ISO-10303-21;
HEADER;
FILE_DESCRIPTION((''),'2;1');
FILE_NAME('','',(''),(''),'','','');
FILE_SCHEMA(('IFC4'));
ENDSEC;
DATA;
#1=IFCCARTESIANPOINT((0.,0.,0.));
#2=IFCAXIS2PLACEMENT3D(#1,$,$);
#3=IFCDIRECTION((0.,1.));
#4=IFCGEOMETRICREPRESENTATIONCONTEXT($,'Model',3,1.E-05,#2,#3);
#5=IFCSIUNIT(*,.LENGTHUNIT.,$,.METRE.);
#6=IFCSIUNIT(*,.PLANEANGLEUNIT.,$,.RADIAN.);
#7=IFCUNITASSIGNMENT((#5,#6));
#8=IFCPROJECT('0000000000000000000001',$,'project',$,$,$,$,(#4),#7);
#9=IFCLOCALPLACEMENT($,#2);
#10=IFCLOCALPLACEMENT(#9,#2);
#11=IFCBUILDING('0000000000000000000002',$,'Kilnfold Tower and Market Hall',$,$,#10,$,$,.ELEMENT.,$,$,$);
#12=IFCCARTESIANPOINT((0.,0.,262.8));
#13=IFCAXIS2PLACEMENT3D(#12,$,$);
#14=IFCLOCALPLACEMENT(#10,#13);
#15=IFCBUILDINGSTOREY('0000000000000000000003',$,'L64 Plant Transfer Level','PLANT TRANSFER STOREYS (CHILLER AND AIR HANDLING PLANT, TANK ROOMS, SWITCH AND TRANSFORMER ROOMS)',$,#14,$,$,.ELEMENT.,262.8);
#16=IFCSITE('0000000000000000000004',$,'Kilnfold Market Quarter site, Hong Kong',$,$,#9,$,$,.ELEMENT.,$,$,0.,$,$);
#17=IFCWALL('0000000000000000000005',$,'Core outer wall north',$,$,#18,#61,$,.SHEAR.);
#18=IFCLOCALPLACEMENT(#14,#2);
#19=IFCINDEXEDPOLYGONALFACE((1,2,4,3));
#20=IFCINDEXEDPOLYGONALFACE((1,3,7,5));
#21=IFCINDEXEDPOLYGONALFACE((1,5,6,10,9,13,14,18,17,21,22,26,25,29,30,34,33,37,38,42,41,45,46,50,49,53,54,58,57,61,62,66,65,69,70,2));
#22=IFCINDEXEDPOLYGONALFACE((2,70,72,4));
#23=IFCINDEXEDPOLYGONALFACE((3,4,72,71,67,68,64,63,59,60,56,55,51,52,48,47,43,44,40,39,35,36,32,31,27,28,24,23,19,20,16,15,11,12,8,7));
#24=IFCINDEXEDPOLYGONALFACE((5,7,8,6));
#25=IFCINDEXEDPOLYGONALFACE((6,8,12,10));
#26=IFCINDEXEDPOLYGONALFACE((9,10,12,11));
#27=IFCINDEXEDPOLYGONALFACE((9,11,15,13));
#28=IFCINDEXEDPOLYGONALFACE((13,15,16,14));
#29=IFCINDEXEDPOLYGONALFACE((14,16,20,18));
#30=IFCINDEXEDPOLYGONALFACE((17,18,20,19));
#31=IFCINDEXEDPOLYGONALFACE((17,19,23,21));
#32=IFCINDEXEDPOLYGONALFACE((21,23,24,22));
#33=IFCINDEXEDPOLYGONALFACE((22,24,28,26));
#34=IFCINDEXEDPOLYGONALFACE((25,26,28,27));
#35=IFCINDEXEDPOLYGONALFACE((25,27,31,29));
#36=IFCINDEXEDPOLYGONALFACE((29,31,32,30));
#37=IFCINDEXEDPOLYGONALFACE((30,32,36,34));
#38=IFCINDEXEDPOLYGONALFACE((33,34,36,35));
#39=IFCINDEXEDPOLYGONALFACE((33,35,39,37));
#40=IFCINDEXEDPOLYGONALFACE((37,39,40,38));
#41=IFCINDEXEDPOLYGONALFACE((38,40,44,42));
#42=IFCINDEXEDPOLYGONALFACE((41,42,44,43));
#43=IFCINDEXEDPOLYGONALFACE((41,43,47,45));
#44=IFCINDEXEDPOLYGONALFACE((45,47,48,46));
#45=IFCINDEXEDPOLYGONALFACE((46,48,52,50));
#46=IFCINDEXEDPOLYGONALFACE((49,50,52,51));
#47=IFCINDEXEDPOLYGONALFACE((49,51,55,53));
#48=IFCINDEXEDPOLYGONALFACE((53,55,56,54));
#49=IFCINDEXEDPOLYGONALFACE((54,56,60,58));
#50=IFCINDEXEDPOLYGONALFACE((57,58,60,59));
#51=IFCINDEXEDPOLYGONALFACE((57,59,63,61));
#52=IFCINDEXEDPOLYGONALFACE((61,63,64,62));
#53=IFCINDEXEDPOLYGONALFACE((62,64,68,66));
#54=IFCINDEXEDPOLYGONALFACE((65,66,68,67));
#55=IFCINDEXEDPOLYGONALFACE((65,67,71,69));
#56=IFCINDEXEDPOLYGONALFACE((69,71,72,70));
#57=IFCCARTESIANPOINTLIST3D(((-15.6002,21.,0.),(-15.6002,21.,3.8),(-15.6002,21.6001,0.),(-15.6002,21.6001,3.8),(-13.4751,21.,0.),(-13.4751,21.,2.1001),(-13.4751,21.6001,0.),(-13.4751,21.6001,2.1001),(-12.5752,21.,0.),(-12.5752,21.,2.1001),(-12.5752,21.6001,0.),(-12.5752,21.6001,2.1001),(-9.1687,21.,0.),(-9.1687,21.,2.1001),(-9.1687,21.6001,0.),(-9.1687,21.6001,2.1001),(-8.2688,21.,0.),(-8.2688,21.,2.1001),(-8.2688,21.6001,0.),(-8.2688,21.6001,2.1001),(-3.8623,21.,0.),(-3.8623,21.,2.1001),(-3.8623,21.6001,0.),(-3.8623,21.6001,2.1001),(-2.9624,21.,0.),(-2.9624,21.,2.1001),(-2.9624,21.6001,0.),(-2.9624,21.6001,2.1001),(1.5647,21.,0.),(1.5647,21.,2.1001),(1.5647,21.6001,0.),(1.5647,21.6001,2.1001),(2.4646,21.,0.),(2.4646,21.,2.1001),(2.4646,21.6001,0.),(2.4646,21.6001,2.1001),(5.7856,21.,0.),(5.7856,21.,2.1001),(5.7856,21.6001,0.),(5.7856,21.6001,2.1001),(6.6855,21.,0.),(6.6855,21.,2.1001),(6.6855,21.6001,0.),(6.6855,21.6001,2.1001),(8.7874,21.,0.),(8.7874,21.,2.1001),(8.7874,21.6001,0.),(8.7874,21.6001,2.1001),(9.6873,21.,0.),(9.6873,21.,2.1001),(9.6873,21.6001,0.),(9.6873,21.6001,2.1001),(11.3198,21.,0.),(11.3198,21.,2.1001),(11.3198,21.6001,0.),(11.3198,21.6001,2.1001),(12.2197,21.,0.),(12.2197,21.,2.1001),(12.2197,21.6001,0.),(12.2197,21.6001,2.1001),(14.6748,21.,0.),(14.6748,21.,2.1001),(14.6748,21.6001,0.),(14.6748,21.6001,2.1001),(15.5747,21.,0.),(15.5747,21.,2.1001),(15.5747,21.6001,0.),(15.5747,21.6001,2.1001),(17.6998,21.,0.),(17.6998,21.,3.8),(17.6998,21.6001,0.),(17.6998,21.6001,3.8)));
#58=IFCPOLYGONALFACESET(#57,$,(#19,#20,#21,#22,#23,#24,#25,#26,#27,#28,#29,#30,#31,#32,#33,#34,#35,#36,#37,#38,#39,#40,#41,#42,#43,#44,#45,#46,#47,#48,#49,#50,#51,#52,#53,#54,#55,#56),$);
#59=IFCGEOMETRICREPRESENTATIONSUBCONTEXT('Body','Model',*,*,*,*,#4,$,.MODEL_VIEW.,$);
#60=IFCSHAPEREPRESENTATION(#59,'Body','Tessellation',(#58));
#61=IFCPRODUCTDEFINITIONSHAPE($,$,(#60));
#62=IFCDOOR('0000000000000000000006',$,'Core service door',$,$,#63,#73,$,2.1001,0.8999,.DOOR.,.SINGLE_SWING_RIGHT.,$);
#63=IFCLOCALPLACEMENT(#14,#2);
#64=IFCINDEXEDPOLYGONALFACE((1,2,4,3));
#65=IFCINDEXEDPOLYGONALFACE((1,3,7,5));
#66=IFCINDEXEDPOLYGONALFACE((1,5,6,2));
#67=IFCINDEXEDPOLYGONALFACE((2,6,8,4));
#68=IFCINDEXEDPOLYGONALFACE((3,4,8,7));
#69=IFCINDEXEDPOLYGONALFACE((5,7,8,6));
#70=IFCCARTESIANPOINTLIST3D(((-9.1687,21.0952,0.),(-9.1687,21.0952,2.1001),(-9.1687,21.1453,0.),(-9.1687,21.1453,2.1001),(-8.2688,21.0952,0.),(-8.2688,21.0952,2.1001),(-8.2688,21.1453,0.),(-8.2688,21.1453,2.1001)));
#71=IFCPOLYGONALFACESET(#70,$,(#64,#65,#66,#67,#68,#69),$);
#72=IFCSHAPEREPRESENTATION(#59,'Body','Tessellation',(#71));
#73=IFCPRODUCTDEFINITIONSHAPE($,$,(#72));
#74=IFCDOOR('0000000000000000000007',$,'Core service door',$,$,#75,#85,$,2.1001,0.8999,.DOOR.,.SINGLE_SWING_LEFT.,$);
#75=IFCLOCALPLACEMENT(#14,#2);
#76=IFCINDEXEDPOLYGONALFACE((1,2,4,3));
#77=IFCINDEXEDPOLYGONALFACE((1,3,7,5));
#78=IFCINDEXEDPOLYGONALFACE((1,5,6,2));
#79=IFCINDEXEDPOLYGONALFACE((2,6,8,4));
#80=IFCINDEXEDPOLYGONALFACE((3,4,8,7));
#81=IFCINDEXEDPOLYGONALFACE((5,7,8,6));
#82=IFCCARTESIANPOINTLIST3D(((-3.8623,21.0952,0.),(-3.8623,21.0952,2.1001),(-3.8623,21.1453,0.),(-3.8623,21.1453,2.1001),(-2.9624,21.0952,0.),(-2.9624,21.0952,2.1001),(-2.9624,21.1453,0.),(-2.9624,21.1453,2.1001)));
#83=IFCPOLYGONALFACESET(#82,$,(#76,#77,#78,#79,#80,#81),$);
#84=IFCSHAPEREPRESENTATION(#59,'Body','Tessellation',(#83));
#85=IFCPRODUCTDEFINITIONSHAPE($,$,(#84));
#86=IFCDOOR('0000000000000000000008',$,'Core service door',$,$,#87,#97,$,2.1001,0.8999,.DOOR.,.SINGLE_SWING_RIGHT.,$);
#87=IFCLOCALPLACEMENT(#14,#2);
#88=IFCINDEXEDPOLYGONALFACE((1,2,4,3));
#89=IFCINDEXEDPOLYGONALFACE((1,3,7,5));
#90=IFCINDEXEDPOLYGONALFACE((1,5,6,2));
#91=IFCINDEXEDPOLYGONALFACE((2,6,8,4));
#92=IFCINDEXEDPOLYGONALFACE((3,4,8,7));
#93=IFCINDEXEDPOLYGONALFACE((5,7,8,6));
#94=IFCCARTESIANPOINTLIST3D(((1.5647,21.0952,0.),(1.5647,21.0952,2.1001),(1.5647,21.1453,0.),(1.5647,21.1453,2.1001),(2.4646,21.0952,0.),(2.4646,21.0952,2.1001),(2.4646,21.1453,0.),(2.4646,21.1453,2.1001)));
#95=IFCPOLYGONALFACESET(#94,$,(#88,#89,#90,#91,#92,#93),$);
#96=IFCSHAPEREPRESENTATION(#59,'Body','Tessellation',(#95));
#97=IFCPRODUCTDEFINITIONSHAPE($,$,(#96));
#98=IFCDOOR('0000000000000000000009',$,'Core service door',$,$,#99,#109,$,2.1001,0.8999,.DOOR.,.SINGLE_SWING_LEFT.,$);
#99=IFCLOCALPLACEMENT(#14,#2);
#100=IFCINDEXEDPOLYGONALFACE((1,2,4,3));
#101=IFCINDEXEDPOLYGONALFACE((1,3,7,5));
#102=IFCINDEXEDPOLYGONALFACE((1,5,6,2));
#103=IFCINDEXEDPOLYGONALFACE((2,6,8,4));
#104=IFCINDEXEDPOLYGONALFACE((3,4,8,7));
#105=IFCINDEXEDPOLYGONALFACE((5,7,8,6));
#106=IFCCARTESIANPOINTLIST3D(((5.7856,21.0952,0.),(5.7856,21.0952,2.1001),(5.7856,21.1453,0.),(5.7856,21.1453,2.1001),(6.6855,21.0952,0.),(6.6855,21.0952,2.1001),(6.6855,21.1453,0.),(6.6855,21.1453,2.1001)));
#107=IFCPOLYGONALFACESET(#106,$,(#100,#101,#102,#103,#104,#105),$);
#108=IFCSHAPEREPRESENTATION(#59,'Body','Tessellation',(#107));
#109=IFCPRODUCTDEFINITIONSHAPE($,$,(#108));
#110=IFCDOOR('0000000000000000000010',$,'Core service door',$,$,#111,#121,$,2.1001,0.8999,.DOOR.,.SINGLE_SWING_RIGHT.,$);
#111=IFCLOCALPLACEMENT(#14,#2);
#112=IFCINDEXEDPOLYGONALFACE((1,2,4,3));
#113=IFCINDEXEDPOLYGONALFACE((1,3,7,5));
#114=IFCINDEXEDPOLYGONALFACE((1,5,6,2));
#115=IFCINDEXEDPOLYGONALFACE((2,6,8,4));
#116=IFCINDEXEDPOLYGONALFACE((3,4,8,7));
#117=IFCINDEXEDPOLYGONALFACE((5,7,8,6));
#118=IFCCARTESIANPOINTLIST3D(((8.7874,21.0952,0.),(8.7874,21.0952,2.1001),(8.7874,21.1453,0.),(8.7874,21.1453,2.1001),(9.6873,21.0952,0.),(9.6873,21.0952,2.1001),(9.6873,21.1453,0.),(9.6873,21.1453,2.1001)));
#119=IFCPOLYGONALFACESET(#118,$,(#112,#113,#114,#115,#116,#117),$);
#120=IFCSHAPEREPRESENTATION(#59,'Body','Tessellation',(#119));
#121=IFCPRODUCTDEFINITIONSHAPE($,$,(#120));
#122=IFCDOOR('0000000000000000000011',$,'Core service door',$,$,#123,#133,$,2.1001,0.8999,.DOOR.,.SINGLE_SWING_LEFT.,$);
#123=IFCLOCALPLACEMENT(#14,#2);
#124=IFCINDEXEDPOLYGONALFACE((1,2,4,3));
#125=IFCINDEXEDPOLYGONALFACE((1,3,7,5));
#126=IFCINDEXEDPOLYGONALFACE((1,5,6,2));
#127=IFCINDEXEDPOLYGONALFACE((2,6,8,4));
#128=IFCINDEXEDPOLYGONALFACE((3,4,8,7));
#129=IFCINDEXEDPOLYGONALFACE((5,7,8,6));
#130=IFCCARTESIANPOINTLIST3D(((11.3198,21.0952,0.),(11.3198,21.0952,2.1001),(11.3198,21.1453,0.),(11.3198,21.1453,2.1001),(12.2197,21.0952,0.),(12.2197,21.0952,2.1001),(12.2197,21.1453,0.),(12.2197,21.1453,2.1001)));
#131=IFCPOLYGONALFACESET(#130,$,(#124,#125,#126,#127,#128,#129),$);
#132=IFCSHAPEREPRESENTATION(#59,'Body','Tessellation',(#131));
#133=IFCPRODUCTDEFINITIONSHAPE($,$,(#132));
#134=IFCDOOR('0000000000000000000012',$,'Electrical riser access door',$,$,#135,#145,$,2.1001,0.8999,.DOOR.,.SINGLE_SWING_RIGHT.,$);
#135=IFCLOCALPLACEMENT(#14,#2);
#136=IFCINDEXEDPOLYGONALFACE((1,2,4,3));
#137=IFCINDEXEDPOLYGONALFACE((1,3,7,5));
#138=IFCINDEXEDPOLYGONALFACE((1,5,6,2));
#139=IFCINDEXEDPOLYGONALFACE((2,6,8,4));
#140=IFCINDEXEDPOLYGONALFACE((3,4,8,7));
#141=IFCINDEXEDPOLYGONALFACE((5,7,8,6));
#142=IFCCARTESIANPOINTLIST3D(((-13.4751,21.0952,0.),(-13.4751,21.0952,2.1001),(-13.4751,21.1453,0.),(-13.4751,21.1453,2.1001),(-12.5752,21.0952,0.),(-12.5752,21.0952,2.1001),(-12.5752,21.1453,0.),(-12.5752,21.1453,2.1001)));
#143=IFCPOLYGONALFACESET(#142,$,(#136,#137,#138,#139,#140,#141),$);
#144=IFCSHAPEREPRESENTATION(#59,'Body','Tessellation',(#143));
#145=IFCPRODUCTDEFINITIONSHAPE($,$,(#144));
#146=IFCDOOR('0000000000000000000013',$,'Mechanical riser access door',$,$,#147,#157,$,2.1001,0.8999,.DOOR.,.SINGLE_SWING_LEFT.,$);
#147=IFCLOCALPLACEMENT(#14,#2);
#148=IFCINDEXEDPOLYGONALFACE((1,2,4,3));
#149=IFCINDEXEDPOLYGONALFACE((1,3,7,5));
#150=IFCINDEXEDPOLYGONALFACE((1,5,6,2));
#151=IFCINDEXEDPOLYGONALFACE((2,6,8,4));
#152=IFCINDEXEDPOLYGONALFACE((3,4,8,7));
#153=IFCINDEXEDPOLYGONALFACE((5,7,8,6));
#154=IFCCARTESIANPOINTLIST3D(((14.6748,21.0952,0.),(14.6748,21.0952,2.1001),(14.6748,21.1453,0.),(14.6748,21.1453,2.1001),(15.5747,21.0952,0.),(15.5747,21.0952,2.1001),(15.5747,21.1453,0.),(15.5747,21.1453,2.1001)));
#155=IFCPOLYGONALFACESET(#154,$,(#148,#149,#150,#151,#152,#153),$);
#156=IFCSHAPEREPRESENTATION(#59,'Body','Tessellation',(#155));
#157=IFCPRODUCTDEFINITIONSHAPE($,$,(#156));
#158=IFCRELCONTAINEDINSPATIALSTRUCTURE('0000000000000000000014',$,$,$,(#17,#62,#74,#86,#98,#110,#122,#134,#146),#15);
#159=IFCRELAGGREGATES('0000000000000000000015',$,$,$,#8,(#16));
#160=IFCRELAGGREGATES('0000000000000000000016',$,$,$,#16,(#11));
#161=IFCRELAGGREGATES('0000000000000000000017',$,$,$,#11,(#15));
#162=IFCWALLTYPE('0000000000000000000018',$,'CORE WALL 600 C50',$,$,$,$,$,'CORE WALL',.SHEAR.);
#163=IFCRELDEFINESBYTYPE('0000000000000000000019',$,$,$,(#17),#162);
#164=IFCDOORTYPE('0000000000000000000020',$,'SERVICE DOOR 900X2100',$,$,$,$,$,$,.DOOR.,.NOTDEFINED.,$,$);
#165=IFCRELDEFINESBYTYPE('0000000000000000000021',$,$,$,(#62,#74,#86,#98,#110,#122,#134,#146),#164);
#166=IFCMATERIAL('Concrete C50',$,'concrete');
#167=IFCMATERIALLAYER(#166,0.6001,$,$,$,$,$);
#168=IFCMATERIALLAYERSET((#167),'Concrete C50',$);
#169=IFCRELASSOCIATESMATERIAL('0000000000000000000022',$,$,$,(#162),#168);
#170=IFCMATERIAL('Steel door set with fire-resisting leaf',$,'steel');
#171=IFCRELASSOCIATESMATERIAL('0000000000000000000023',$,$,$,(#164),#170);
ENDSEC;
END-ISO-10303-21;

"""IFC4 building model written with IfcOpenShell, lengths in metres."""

from ifc_helpers import new_model, si_unit, direction, frame, frame_2d, origin, place, context, subcontext, project, spatial, rectangle, extrude, source, transform, mapped, material, layer, layer_set, type_object, element, fill, save


model = new_model("IFC4")

# Units and contexts
model_context = context("Model", 3, precision=1e-05, world=origin(), true_north=direction((0.0, 1.0)))
body_context = subcontext(model_context, "Body", "Model", "MODEL_VIEW")
ifc_project = project(units=[si_unit("LENGTHUNIT", "METRE"), si_unit("PLANEANGLEUNIT", "RADIAN")], contexts=[model_context])

# Site, building, storey
site_placement = place(None, origin())
site = spatial("IfcSite", under=ifc_project, at=site_placement, Name="Kilnfold Market Quarter site, Hong Kong", CompositionType="ELEMENT", RefElevation=0.0)
building_placement = place(site_placement, origin())
building = spatial("IfcBuilding", under=site, at=building_placement, Name="Kilnfold Tower and Market Hall", CompositionType="ELEMENT")
storey_placement = place(building_placement, frame((0.0, 0.0, 262.8)))
storey = spatial("IfcBuildingStorey", under=building, at=storey_placement, Name="L64 Plant Transfer Level", Description="PLANT TRANSFER STOREYS (CHILLER AND AIR HANDLING PLANT, TANK ROOMS, SWITCH AND TRANSFORMER ROOMS)", CompositionType="ELEMENT", Elevation=262.8)

# Shared definitions
ifc_material_1 = material(Name="Concrete C50", Category="concrete")
ifc_layer_1 = layer(ifc_material_1, 0.6001)
ifc_layer_set_1 = layer_set([ifc_layer_1], Name="Concrete C50")
wall_type_1 = type_object("IfcWallType", Name="CORE WALL 600 C50", ElementType="CORE WALL", PredefinedType="SHEAR", material=ifc_layer_set_1)

# Wall, openings, doors
shared_shape_1 = source(origin(), body_context, "Body", "SweptSolid", [
    extrude(rectangle(XDim=33.3, YDim=0.6001, at=frame_2d((16.6499, 0.0))), origin(), (0.0, 0.0, 1.0), 3.8),
])
wall_1_placement = place(storey_placement, frame((-15.6001, 21.3, 0.0), z_axis=(0.0, 0.0, 1.0), x_axis=(1.0, 0.0, 0.0)))
wall_1 = element("IfcWall", 1, at=wall_1_placement, inside=storey, type_object=wall_type_1, Name="Core outer wall north", PredefinedType="SHEAR", context=body_context, shape_type="MappedRepresentation", body=[
    mapped(shared_shape_1, transform((0.0, 0.0, 0.0))),
])
opening_1_placement = place(wall_1_placement, frame((6.4314, 0.0, 0.0)))
opening_1 = element("IfcOpeningElement", 2, at=opening_1_placement, cuts=wall_1, PredefinedType="OPENING", context=body_context, shape_type="SweptSolid", body=[
    extrude(rectangle(XDim=0.8999, YDim=2.1001, at=frame_2d((0.45, 1.05))), frame((0.0, 0.3101, 0.0), z_axis=(0.0, -1.0, 0.0), x_axis=(1.0, 0.0, 0.0)), (0.0, 0.0, 1.0), 0.6201),
])
opening_2_placement = place(wall_1_placement, frame((11.7378, 0.0, 0.0)))
opening_2 = element("IfcOpeningElement", 3, at=opening_2_placement, cuts=wall_1, PredefinedType="OPENING", context=body_context, shape_type="SweptSolid", body=[
    extrude(rectangle(XDim=0.8999, YDim=2.1001, at=frame_2d((0.45, 1.05))), frame((0.0, 0.3101, 0.0), z_axis=(0.0, -1.0, 0.0), x_axis=(1.0, 0.0, 0.0)), (0.0, 0.0, 1.0), 0.6201),
])
opening_3_placement = place(wall_1_placement, frame((17.1648, 0.0, 0.0)))
opening_3 = element("IfcOpeningElement", 4, at=opening_3_placement, cuts=wall_1, PredefinedType="OPENING", context=body_context, shape_type="SweptSolid", body=[
    extrude(rectangle(XDim=0.8999, YDim=2.1001, at=frame_2d((0.45, 1.05))), frame((0.0, 0.3101, 0.0), z_axis=(0.0, -1.0, 0.0), x_axis=(1.0, 0.0, 0.0)), (0.0, 0.0, 1.0), 0.6201),
])
opening_4_placement = place(wall_1_placement, frame((21.3857, 0.0, 0.0)))
opening_4 = element("IfcOpeningElement", 5, at=opening_4_placement, cuts=wall_1, PredefinedType="OPENING", context=body_context, shape_type="SweptSolid", body=[
    extrude(rectangle(XDim=0.8999, YDim=2.1001, at=frame_2d((0.45, 1.05))), frame((0.0, 0.3101, 0.0), z_axis=(0.0, -1.0, 0.0), x_axis=(1.0, 0.0, 0.0)), (0.0, 0.0, 1.0), 0.6201),
])
opening_5_placement = place(wall_1_placement, frame((24.3875, 0.0, 0.0)))
opening_5 = element("IfcOpeningElement", 6, at=opening_5_placement, cuts=wall_1, PredefinedType="OPENING", context=body_context, shape_type="SweptSolid", body=[
    extrude(rectangle(XDim=0.8999, YDim=2.1001, at=frame_2d((0.45, 1.05))), frame((0.0, 0.3101, 0.0), z_axis=(0.0, -1.0, 0.0), x_axis=(1.0, 0.0, 0.0)), (0.0, 0.0, 1.0), 0.6201),
])
opening_6_placement = place(wall_1_placement, frame((26.9199, 0.0, 0.0)))
opening_6 = element("IfcOpeningElement", 7, at=opening_6_placement, cuts=wall_1, PredefinedType="OPENING", context=body_context, shape_type="SweptSolid", body=[
    extrude(rectangle(XDim=0.8999, YDim=2.1001, at=frame_2d((0.45, 1.05))), frame((0.0, 0.3101, 0.0), z_axis=(0.0, -1.0, 0.0), x_axis=(1.0, 0.0, 0.0)), (0.0, 0.0, 1.0), 0.6201),
])
opening_7_placement = place(wall_1_placement, frame((2.125, 0.0, 0.0)))
opening_7 = element("IfcOpeningElement", 8, at=opening_7_placement, cuts=wall_1, PredefinedType="OPENING", context=body_context, shape_type="SweptSolid", body=[
    extrude(rectangle(XDim=0.8999, YDim=2.1001, at=frame_2d((0.45, 1.05))), frame((0.0, 0.3101, 0.0), z_axis=(0.0, -1.0, 0.0), x_axis=(1.0, 0.0, 0.0)), (0.0, 0.0, 1.0), 0.6201),
])
opening_8_placement = place(wall_1_placement, frame((30.2749, 0.0, 0.0)))
opening_8 = element("IfcOpeningElement", 9, at=opening_8_placement, cuts=wall_1, PredefinedType="OPENING", context=body_context, shape_type="SweptSolid", body=[
    extrude(rectangle(XDim=0.8999, YDim=2.1001, at=frame_2d((0.45, 1.05))), frame((0.0, 0.3101, 0.0), z_axis=(0.0, -1.0, 0.0), x_axis=(1.0, 0.0, 0.0)), (0.0, 0.0, 1.0), 0.6201),
])
ifc_material_2 = material(Name="Steel door set with fire-resisting leaf", Category="steel")
door_type_1 = type_object("IfcDoorType", Name="SERVICE DOOR 900X2100", OperationType="NOTDEFINED", PredefinedType="DOOR", material=ifc_material_2)
door_1_placement = place(opening_1_placement, origin())
door_1 = element("IfcDoor", 10, at=door_1_placement, inside=storey, type_object=door_type_1, Name="Core service door", OperationType="SINGLE_SWING_RIGHT", OverallHeight=2.1001, OverallWidth=0.8999, PredefinedType="DOOR", context=body_context, shape_type="SweptSolid", body=[
    extrude(rectangle(XDim=0.8999, YDim=2.1001, at=frame_2d((0.45, 1.05))), frame((0.0, -0.1548, 0.0), z_axis=(0.0, -1.0, 0.0), x_axis=(1.0, 0.0, 0.0)), (0.0, 0.0, 1.0), 0.05),
])
fill(opening_1, door_1)
door_2_placement = place(opening_2_placement, origin())
door_2 = element("IfcDoor", 11, at=door_2_placement, inside=storey, type_object=door_type_1, Name="Core service door", OperationType="SINGLE_SWING_LEFT", OverallHeight=2.1001, OverallWidth=0.8999, PredefinedType="DOOR", context=body_context, shape_type="SweptSolid", body=[
    extrude(rectangle(XDim=0.8999, YDim=2.1001, at=frame_2d((0.45, 1.05))), frame((0.0, -0.1548, 0.0), z_axis=(0.0, -1.0, 0.0), x_axis=(1.0, 0.0, 0.0)), (0.0, 0.0, 1.0), 0.05),
])
fill(opening_2, door_2)
door_3_placement = place(opening_3_placement, origin())
door_3 = element("IfcDoor", 12, at=door_3_placement, inside=storey, type_object=door_type_1, Name="Core service door", OperationType="SINGLE_SWING_RIGHT", OverallHeight=2.1001, OverallWidth=0.8999, PredefinedType="DOOR", context=body_context, shape_type="SweptSolid", body=[
    extrude(rectangle(XDim=0.8999, YDim=2.1001, at=frame_2d((0.45, 1.05))), frame((0.0, -0.1548, 0.0), z_axis=(0.0, -1.0, 0.0), x_axis=(1.0, 0.0, 0.0)), (0.0, 0.0, 1.0), 0.05),
])
fill(opening_3, door_3)
door_4_placement = place(opening_4_placement, origin())
door_4 = element("IfcDoor", 13, at=door_4_placement, inside=storey, type_object=door_type_1, Name="Core service door", OperationType="SINGLE_SWING_LEFT", OverallHeight=2.1001, OverallWidth=0.8999, PredefinedType="DOOR", context=body_context, shape_type="SweptSolid", body=[
    extrude(rectangle(XDim=0.8999, YDim=2.1001, at=frame_2d((0.45, 1.05))), frame((0.0, -0.1548, 0.0), z_axis=(0.0, -1.0, 0.0), x_axis=(1.0, 0.0, 0.0)), (0.0, 0.0, 1.0), 0.05),
])
fill(opening_4, door_4)
door_5_placement = place(opening_5_placement, origin())
door_5 = element("IfcDoor", 14, at=door_5_placement, inside=storey, type_object=door_type_1, Name="Core service door", OperationType="SINGLE_SWING_RIGHT", OverallHeight=2.1001, OverallWidth=0.8999, PredefinedType="DOOR", context=body_context, shape_type="SweptSolid", body=[
    extrude(rectangle(XDim=0.8999, YDim=2.1001, at=frame_2d((0.45, 1.05))), frame((0.0, -0.1548, 0.0), z_axis=(0.0, -1.0, 0.0), x_axis=(1.0, 0.0, 0.0)), (0.0, 0.0, 1.0), 0.05),
])
fill(opening_5, door_5)
door_6_placement = place(opening_6_placement, origin())
door_6 = element("IfcDoor", 15, at=door_6_placement, inside=storey, type_object=door_type_1, Name="Core service door", OperationType="SINGLE_SWING_LEFT", OverallHeight=2.1001, OverallWidth=0.8999, PredefinedType="DOOR", context=body_context, shape_type="SweptSolid", body=[
    extrude(rectangle(XDim=0.8999, YDim=2.1001, at=frame_2d((0.45, 1.05))), frame((0.0, -0.1548, 0.0), z_axis=(0.0, -1.0, 0.0), x_axis=(1.0, 0.0, 0.0)), (0.0, 0.0, 1.0), 0.05),
])
fill(opening_6, door_6)
door_7_placement = place(opening_7_placement, origin())
door_7 = element("IfcDoor", 16, at=door_7_placement, inside=storey, type_object=door_type_1, Name="Electrical riser access door", OperationType="SINGLE_SWING_RIGHT", OverallHeight=2.1001, OverallWidth=0.8999, PredefinedType="DOOR", context=body_context, shape_type="SweptSolid", body=[
    extrude(rectangle(XDim=0.8999, YDim=2.1001, at=frame_2d((0.45, 1.05))), frame((0.0, -0.1548, 0.0), z_axis=(0.0, -1.0, 0.0), x_axis=(1.0, 0.0, 0.0)), (0.0, 0.0, 1.0), 0.05),
])
fill(opening_7, door_7)
door_8_placement = place(opening_8_placement, origin())
door_8 = element("IfcDoor", 17, at=door_8_placement, inside=storey, type_object=door_type_1, Name="Mechanical riser access door", OperationType="SINGLE_SWING_LEFT", OverallHeight=2.1001, OverallWidth=0.8999, PredefinedType="DOOR", context=body_context, shape_type="SweptSolid", body=[
    extrude(rectangle(XDim=0.8999, YDim=2.1001, at=frame_2d((0.45, 1.05))), frame((0.0, -0.1548, 0.0), z_axis=(0.0, -1.0, 0.0), x_axis=(1.0, 0.0, 0.0)), (0.0, 0.0, 1.0), 0.05),
])
fill(opening_8, door_8)

save(model, "model.ifc")
